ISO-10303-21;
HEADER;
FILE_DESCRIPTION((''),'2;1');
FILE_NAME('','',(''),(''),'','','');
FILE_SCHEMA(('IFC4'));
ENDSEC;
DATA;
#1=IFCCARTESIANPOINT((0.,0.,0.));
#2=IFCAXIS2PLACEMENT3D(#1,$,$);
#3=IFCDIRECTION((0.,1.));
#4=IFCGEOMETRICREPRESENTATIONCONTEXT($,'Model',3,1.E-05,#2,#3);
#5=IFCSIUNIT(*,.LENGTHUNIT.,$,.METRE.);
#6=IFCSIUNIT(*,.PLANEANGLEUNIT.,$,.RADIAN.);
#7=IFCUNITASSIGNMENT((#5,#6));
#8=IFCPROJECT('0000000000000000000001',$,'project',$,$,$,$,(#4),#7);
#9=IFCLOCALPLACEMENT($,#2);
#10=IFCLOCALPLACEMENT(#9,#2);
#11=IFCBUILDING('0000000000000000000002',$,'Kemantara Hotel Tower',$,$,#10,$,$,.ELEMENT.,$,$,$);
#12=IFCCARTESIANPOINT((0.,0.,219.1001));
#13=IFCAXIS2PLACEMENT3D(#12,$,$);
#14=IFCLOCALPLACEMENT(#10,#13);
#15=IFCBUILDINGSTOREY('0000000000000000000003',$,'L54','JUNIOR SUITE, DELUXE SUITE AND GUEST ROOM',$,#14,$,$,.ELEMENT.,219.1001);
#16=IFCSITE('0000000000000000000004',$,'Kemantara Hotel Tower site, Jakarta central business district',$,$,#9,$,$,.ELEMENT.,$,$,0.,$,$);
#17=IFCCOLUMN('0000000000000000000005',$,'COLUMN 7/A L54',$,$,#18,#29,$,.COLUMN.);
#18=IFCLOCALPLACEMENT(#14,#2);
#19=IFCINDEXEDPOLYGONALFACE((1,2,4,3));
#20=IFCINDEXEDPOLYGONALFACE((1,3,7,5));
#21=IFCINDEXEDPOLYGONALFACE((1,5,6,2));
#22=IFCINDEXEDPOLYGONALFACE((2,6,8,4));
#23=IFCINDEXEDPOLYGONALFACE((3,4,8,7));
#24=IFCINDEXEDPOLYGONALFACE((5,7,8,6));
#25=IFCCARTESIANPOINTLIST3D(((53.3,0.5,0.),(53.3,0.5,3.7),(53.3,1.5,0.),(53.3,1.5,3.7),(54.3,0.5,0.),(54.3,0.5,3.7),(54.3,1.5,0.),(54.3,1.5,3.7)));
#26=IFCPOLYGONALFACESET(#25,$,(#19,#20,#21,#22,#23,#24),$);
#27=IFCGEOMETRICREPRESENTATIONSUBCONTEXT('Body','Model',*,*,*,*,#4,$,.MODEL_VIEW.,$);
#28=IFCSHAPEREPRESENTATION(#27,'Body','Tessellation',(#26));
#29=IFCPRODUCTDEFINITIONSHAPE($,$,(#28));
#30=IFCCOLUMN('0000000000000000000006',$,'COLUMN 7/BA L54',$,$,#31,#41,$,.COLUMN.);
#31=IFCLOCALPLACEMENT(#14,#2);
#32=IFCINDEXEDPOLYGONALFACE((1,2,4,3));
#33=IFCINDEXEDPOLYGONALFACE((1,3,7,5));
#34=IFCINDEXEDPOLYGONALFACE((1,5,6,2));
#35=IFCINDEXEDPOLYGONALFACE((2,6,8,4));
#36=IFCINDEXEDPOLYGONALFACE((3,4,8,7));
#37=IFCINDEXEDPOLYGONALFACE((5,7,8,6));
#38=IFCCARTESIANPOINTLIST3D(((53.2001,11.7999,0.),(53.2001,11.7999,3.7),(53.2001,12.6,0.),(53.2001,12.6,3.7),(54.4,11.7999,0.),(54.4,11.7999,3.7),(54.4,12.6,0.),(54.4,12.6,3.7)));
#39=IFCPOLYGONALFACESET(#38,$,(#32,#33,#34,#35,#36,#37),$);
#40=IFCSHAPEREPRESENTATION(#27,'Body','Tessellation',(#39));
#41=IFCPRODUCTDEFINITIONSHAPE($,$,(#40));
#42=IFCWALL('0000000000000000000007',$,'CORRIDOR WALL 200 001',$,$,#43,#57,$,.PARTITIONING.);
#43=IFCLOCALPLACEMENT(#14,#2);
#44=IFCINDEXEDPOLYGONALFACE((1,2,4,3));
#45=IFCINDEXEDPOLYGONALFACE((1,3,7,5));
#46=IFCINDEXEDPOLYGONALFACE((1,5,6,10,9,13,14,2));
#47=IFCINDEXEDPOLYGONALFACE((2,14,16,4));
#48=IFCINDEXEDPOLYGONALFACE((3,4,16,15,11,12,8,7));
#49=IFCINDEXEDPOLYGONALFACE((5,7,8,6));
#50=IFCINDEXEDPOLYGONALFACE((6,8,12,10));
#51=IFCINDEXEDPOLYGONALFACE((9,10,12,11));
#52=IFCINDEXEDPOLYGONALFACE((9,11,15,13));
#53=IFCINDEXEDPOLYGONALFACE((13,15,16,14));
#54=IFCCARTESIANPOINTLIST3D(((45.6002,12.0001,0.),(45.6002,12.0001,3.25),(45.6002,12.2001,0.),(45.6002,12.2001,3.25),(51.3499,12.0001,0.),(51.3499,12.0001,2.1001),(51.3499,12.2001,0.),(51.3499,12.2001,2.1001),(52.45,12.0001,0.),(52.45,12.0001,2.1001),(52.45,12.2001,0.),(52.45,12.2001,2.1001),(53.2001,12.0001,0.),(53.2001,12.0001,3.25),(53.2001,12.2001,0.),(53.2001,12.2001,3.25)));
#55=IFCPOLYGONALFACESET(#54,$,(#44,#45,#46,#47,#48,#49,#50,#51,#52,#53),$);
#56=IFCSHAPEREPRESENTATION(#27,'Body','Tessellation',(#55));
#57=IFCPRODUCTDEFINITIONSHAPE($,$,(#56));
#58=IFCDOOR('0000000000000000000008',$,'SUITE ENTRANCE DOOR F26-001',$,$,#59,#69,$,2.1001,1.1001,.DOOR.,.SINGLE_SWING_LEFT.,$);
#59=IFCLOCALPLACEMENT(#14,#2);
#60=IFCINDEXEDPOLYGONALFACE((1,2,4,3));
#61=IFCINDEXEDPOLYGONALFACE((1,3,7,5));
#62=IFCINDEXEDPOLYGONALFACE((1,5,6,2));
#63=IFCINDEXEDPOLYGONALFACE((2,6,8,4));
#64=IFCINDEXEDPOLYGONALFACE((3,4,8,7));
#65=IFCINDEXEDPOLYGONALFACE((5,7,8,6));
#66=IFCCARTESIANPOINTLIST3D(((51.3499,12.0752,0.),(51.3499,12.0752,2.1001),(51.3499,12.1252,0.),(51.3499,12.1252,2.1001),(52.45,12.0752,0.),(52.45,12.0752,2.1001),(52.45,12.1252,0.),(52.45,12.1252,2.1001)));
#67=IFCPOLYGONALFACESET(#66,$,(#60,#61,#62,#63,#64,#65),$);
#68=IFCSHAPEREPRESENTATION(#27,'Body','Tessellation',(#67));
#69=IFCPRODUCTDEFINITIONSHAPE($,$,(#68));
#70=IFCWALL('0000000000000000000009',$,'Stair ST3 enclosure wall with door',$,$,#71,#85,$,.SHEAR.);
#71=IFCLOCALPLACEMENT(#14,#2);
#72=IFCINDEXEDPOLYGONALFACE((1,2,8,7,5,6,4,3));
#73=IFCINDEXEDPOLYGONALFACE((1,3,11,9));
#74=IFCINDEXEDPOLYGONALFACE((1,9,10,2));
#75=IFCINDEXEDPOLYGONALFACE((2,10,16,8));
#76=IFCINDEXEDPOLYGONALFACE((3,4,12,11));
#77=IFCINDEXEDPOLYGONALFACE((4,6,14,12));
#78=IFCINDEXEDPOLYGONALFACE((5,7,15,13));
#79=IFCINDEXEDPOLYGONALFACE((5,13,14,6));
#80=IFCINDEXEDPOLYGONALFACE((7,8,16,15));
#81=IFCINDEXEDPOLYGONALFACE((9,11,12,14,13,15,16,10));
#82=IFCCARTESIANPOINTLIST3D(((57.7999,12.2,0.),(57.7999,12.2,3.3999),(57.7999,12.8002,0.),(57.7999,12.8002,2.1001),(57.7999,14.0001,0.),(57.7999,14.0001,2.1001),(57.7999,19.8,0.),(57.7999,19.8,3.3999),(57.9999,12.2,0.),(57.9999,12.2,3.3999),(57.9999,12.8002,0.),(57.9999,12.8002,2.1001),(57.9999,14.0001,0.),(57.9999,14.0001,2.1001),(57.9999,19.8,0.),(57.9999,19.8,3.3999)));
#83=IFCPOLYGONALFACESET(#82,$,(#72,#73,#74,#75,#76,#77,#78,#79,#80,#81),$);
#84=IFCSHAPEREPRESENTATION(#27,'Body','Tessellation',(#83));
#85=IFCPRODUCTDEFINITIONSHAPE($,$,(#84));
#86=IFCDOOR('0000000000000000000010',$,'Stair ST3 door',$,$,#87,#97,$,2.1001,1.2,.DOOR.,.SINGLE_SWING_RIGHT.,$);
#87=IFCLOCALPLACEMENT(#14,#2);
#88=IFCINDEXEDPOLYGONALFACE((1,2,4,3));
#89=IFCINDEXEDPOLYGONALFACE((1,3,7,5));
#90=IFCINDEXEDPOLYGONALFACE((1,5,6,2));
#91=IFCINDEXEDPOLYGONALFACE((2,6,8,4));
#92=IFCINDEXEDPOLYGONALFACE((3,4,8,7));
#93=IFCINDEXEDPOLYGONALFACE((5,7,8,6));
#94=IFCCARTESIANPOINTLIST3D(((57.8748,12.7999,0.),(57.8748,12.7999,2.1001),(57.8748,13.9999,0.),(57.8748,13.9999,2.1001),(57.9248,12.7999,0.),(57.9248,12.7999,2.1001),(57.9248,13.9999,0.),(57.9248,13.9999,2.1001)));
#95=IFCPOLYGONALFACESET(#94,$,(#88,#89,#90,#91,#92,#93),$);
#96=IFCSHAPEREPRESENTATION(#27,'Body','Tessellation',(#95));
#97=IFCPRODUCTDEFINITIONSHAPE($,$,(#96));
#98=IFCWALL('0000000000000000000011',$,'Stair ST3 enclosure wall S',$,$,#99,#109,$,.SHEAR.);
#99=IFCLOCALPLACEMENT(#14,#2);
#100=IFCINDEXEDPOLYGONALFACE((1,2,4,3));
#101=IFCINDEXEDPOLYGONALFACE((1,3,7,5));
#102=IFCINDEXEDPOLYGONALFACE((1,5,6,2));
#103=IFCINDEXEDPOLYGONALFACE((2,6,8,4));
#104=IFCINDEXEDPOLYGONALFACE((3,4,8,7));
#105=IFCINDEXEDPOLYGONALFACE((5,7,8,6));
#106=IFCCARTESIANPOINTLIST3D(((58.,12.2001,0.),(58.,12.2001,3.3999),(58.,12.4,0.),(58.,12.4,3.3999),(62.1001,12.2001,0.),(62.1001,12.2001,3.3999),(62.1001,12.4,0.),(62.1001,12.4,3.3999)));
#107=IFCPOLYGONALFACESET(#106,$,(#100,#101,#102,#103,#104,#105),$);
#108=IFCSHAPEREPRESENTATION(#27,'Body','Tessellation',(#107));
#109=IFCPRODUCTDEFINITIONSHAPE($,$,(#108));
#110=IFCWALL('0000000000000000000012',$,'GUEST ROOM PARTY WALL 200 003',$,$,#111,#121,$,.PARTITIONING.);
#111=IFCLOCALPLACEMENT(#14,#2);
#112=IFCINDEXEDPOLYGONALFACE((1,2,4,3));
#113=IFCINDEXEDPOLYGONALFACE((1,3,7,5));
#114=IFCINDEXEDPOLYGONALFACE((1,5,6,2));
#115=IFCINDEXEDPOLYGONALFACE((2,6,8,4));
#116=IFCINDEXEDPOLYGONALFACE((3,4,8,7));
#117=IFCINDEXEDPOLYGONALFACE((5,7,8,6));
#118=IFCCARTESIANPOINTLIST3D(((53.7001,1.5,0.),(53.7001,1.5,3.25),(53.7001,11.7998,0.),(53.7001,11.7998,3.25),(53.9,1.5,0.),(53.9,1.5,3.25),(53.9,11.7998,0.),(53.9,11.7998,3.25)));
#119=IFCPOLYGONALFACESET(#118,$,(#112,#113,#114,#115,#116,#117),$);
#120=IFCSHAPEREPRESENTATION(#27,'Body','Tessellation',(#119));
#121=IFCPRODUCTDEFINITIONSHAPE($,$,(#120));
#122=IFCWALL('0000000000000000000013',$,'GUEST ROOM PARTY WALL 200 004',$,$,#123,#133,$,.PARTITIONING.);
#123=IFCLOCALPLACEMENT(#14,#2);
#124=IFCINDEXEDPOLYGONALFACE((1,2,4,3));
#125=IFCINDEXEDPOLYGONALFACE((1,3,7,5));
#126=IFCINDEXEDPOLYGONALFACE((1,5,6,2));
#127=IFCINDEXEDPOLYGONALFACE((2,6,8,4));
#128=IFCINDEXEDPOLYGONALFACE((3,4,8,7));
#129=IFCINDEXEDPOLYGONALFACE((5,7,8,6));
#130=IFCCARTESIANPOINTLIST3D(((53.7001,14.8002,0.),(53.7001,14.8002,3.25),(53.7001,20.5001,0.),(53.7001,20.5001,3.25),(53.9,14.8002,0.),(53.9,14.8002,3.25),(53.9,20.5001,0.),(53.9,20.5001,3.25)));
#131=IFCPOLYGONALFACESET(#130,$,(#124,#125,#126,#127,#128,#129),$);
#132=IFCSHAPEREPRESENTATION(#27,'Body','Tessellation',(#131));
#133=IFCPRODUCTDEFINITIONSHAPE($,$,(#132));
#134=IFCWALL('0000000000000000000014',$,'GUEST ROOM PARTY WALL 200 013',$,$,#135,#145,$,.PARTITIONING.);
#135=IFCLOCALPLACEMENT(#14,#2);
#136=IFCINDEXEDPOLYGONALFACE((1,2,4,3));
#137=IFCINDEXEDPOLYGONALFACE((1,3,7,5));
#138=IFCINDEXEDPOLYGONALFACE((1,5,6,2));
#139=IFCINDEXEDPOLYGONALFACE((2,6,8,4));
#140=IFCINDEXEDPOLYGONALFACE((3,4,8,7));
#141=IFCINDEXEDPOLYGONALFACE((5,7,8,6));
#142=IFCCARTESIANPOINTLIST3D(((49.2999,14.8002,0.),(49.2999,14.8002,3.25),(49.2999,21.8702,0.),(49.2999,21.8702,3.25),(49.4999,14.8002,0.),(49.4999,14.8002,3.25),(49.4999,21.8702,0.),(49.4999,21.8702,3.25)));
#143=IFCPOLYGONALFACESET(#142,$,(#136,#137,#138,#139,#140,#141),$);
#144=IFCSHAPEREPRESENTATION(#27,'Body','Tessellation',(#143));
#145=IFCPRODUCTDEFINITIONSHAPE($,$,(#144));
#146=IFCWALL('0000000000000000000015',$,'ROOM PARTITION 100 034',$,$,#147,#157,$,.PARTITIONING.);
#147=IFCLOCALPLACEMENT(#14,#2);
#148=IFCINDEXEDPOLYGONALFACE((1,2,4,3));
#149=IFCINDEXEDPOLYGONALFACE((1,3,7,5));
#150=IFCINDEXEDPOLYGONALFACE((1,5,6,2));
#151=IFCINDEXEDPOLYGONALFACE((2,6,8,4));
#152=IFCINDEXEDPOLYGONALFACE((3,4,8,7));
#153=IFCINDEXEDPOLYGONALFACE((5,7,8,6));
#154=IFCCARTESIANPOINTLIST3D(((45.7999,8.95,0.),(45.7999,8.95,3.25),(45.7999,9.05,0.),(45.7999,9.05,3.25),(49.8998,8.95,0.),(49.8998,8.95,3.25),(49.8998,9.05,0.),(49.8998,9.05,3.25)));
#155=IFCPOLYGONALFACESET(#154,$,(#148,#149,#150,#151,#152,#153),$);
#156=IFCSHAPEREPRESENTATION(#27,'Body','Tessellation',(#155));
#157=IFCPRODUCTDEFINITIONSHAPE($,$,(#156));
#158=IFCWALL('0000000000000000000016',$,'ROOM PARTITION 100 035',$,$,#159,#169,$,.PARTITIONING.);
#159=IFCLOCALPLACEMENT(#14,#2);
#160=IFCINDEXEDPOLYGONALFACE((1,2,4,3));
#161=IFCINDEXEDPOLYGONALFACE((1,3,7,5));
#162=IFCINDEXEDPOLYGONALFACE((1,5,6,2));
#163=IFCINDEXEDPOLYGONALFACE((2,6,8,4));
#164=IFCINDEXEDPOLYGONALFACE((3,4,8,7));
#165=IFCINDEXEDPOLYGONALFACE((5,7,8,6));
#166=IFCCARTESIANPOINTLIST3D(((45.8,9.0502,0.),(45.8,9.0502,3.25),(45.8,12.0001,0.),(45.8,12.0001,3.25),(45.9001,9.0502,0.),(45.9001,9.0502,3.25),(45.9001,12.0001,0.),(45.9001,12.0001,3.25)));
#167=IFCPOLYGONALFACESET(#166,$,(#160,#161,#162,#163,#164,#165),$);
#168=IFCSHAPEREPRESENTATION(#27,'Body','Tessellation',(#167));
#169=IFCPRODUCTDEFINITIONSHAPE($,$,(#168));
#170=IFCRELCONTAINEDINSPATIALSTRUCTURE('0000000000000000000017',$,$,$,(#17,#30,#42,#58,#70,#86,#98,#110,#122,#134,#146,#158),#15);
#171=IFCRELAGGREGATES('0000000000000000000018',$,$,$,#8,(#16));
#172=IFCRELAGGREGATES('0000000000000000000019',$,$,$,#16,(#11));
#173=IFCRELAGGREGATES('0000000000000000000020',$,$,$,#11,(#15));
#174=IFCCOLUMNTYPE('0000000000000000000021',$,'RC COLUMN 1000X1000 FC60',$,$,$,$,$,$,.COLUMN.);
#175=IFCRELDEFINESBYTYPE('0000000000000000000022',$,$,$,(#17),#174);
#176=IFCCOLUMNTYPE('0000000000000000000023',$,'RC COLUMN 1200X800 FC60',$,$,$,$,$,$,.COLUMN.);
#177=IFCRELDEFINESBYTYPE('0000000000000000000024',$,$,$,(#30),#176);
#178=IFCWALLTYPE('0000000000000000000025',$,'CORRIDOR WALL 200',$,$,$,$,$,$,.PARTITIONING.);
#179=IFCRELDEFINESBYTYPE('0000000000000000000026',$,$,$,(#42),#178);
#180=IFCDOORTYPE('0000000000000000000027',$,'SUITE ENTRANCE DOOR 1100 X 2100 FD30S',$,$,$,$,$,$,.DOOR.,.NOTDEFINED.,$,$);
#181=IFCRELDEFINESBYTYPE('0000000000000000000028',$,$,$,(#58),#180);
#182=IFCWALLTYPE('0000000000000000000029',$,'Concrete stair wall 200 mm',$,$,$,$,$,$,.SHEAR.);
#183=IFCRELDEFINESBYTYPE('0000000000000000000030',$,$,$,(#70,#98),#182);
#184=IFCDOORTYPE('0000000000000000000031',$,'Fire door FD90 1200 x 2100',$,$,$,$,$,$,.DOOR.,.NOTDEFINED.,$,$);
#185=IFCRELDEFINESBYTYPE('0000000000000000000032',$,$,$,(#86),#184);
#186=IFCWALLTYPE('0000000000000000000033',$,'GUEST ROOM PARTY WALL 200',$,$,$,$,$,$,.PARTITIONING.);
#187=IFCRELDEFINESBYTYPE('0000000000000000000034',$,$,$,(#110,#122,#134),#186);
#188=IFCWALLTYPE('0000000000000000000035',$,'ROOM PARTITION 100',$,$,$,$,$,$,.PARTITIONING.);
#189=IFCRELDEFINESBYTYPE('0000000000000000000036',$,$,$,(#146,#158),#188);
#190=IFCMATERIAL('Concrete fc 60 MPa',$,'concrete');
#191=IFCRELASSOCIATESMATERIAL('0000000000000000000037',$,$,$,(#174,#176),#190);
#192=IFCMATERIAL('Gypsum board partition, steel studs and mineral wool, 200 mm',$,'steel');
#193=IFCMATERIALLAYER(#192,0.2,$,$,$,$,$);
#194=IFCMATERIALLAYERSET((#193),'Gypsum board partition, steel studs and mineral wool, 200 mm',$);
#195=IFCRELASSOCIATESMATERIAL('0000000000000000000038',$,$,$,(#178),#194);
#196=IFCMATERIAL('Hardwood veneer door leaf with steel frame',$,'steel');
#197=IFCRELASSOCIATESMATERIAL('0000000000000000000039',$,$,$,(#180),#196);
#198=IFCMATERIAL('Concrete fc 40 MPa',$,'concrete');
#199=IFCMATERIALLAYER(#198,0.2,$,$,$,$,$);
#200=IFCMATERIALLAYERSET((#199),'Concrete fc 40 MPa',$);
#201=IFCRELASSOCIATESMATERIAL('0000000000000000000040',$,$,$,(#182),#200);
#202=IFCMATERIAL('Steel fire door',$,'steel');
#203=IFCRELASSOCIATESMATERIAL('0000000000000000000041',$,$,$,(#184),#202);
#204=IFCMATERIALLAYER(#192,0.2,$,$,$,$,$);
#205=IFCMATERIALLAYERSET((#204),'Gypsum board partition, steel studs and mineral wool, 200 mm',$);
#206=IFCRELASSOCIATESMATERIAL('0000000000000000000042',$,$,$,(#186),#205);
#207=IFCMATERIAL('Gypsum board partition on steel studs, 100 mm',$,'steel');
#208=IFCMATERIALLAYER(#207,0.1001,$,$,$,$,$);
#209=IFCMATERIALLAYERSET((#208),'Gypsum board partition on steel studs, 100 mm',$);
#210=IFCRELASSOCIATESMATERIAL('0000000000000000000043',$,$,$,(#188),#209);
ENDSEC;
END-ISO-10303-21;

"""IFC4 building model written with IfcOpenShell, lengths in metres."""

from ifc_helpers import new_model, si_unit, direction, frame, frame_2d, origin, origin_2d, place, context, subcontext, project, spatial, rectangle, extrude, material, layer, layer_set, material_profile, profile_set, type_object, element, fill, save


model = new_model("IFC4")

# Units and contexts
model_context = context("Model", 3, precision=1e-05, world=origin(), true_north=direction((0.0, 1.0)))
body_context = subcontext(model_context, "Body", "Model", "MODEL_VIEW")
ifc_project = project(units=[si_unit("LENGTHUNIT", "METRE"), si_unit("PLANEANGLEUNIT", "RADIAN")], contexts=[model_context])

# Site, building, storey
site_placement = place(None, origin())
site = spatial("IfcSite", under=ifc_project, at=site_placement, Name="Kemantara Hotel Tower site, Jakarta central business district", CompositionType="ELEMENT", RefElevation=0.0)
building_placement = place(site_placement, origin())
building = spatial("IfcBuilding", under=site, at=building_placement, Name="Kemantara Hotel Tower", CompositionType="ELEMENT")
storey_placement = place(building_placement, frame((0.0, 0.0, 219.1001)))
storey = spatial("IfcBuildingStorey", under=building, at=storey_placement, Name="L54", Description="JUNIOR SUITE, DELUXE SUITE AND GUEST ROOM", CompositionType="ELEMENT", Elevation=219.1001)

# Columns
ifc_material_1 = material(Name="Concrete fc 60 MPa", Category="concrete")
ifc_material_profile_1 = material_profile(ifc_material_1, rectangle(XDim=1.0, YDim=1.0, at=origin_2d()), Name="RC 1000X1000")
ifc_profile_set_1 = profile_set([ifc_material_profile_1], Name="Concrete fc 60 MPa")
column_type_1 = type_object("IfcColumnType", Name="RC COLUMN 1000X1000 FC60", PredefinedType="COLUMN", material=ifc_profile_set_1)
column_1_placement = place(storey_placement, frame((53.8, 1.0, 0.0), z_axis=(0.0, 0.0, 1.0), x_axis=(1.0, 0.0, 0.0)))
element("IfcColumn", 1, at=column_1_placement, inside=storey, type_object=column_type_1, Name="COLUMN 7/A L54", PredefinedType="COLUMN", context=body_context, shape_type="SweptSolid", body=[
    extrude(rectangle(XDim=1.0, YDim=1.0, at=origin_2d()), origin(), (0.0, 0.0, 1.0), 3.7),
])
ifc_material_profile_2 = material_profile(ifc_material_1, rectangle(XDim=1.2, YDim=0.8, at=origin_2d()), Name="RC 1200X800")
ifc_profile_set_2 = profile_set([ifc_material_profile_2], Name="Concrete fc 60 MPa")
column_type_2 = type_object("IfcColumnType", Name="RC COLUMN 1200X800 FC60", PredefinedType="COLUMN", material=ifc_profile_set_2)
column_2_placement = place(storey_placement, frame((53.8, 12.2, 0.0), z_axis=(0.0, 0.0, 1.0), x_axis=(1.0, 0.0, 0.0)))
element("IfcColumn", 2, at=column_2_placement, inside=storey, type_object=column_type_2, Name="COLUMN 7/BA L54", PredefinedType="COLUMN", context=body_context, shape_type="SweptSolid", body=[
    extrude(rectangle(XDim=1.2, YDim=0.8, at=origin_2d()), origin(), (0.0, 0.0, 1.0), 3.7),
])

# Walls, openings, doors
ifc_material_2 = material(Name="Gypsum board partition, steel studs and mineral wool, 200 mm", Category="steel")
ifc_layer_1 = layer(ifc_material_2, 0.2)
ifc_layer_set_1 = layer_set([ifc_layer_1], Name="Gypsum board partition, steel studs and mineral wool, 200 mm")
wall_type_1 = type_object("IfcWallType", Name="CORRIDOR WALL 200", PredefinedType="PARTITIONING", material=ifc_layer_set_1)
wall_1_placement = place(storey_placement, frame((53.2, 12.1001, 0.0), z_axis=(0.0, 0.0, 1.0), x_axis=(-1.0, 0.0, 0.0)))
wall_1 = element("IfcWall", 3, at=wall_1_placement, inside=storey, type_object=wall_type_1, Name="CORRIDOR WALL 200 001", PredefinedType="PARTITIONING", context=body_context, shape_type="SweptSolid", body=[
    extrude(rectangle(XDim=7.5999, YDim=0.2, at=frame_2d((3.7998, 0.0))), origin(), (0.0, 0.0, 1.0), 3.25),
])
opening_1_placement = place(wall_1_placement, frame((0.75, 0.0, 0.0)))
opening_1 = element("IfcOpeningElement", 4, at=opening_1_placement, cuts=wall_1, PredefinedType="OPENING", context=body_context, shape_type="SweptSolid", body=[
    extrude(rectangle(XDim=1.1001, YDim=2.1001, at=frame_2d((0.55, 1.05))), frame((0.0, 0.1099, 0.0), z_axis=(0.0, -1.0, 0.0), x_axis=(1.0, 0.0, 0.0)), (0.0, 0.0, 1.0), 0.22),
])
ifc_material_3 = material(Name="Hardwood veneer door leaf with steel frame", Category="steel")
door_type_1 = type_object("IfcDoorType", Name="SUITE ENTRANCE DOOR 1100 X 2100 FD30S", OperationType="NOTDEFINED", PredefinedType="DOOR", material=ifc_material_3)
door_1_placement = place(opening_1_placement, origin())
door_1 = element("IfcDoor", 5, at=door_1_placement, inside=storey, type_object=door_type_1, Name="SUITE ENTRANCE DOOR F26-001", OperationType="SINGLE_SWING_LEFT", OverallHeight=2.1001, OverallWidth=1.1001, PredefinedType="DOOR", context=body_context, shape_type="SweptSolid", body=[
    extrude(rectangle(XDim=1.1001, YDim=2.1001, at=frame_2d((0.55, 1.05))), frame((0.0, 0.0249, 0.0), z_axis=(0.0, -1.0, 0.0), x_axis=(1.0, 0.0, 0.0)), (0.0, 0.0, 1.0), 0.05),
])
fill(opening_1, door_1)
ifc_material_4 = material(Name="Concrete fc 40 MPa", Category="concrete")
ifc_layer_2 = layer(ifc_material_4, 0.2)
ifc_layer_set_2 = layer_set([ifc_layer_2], Name="Concrete fc 40 MPa")
wall_type_2 = type_object("IfcWallType", Name="Concrete stair wall 200 mm", PredefinedType="SHEAR", material=ifc_layer_set_2)
wall_2_placement = place(storey_placement, frame((57.8999, 12.2, 0.0), z_axis=(0.0, 0.0, 1.0), x_axis=(0.0, 1.0, 0.0)))
wall_2 = element("IfcWall", 6, at=wall_2_placement, inside=storey, type_object=wall_type_2, Name="Stair ST3 enclosure wall with door", PredefinedType="SHEAR", context=body_context, shape_type="SweptSolid", body=[
    extrude(rectangle(XDim=7.6001, YDim=0.2, at=frame_2d((3.8, 0.0))), origin(), (0.0, 0.0, 1.0), 3.3999),
])
opening_2_placement = place(wall_2_placement, frame((0.6001, 0.0, 0.0)))
opening_2 = element("IfcOpeningElement", 7, at=opening_2_placement, cuts=wall_2, PredefinedType="OPENING", context=body_context, shape_type="SweptSolid", body=[
    extrude(rectangle(XDim=1.2, YDim=2.1001, at=frame_2d((0.6001, 1.05))), frame((0.0, 0.1099, 0.0), z_axis=(0.0, -1.0, 0.0), x_axis=(1.0, 0.0, 0.0)), (0.0, 0.0, 1.0), 0.22),
])
ifc_material_5 = material(Name="Steel fire door", Category="steel")
door_type_2 = type_object("IfcDoorType", Name="Fire door FD90 1200 x 2100", OperationType="NOTDEFINED", PredefinedType="DOOR", material=ifc_material_5)
door_2_placement = place(opening_2_placement, frame((1.2, 0.0, 0.0), z_axis=(0.0, 0.0, 1.0), x_axis=(-1.0, 0.0, 0.0)))
door_2 = element("IfcDoor", 8, at=door_2_placement, inside=storey, type_object=door_type_2, Name="Stair ST3 door", OperationType="SINGLE_SWING_RIGHT", OverallHeight=2.1001, OverallWidth=1.2, PredefinedType="DOOR", context=body_context, shape_type="SweptSolid", body=[
    extrude(rectangle(XDim=1.2, YDim=2.1001, at=frame_2d((0.6001, 1.05))), frame((0.0, 0.0249, 0.0), z_axis=(0.0, -1.0, 0.0), x_axis=(1.0, 0.0, 0.0)), (0.0, 0.0, 1.0), 0.05),
])
fill(opening_2, door_2)

# Walls
wall_3_placement = place(storey_placement, frame((58.0, 12.3, 0.0), z_axis=(0.0, 0.0, 1.0), x_axis=(1.0, 0.0, 0.0)))
element("IfcWall", 9, at=wall_3_placement, inside=storey, type_object=wall_type_2, Name="Stair ST3 enclosure wall S", PredefinedType="SHEAR", context=body_context, shape_type="SweptSolid", body=[
    extrude(rectangle(XDim=4.1001, YDim=0.2, at=frame_2d((2.05, 0.0))), origin(), (0.0, 0.0, 1.0), 3.3999),
])
ifc_layer_3 = layer(ifc_material_2, 0.2)
ifc_layer_set_3 = layer_set([ifc_layer_3], Name="Gypsum board partition, steel studs and mineral wool, 200 mm")
wall_type_3 = type_object("IfcWallType", Name="GUEST ROOM PARTY WALL 200", PredefinedType="PARTITIONING", material=ifc_layer_set_3)
wall_4_placement = place(storey_placement, frame((53.8, 1.5, 0.0), z_axis=(0.0, 0.0, 1.0), x_axis=(0.0, 1.0, 0.0)))
element("IfcWall", 10, at=wall_4_placement, inside=storey, type_object=wall_type_3, Name="GUEST ROOM PARTY WALL 200 003", PredefinedType="PARTITIONING", context=body_context, shape_type="SweptSolid", body=[
    extrude(rectangle(XDim=10.2998, YDim=0.2, at=frame_2d((5.1499, 0.0))), origin(), (0.0, 0.0, 1.0), 3.25),
])
wall_5_placement = place(storey_placement, frame((53.8, 14.8, 0.0), z_axis=(0.0, 0.0, 1.0), x_axis=(0.0, 1.0, 0.0)))
element("IfcWall", 11, at=wall_5_placement, inside=storey, type_object=wall_type_3, Name="GUEST ROOM PARTY WALL 200 004", PredefinedType="PARTITIONING", context=body_context, shape_type="SweptSolid", body=[
    extrude(rectangle(XDim=5.7, YDim=0.2, at=frame_2d((2.8501, 0.0))), origin(), (0.0, 0.0, 1.0), 3.25),
])
wall_6_placement = place(storey_placement, frame((49.3999, 14.8, 0.0), z_axis=(0.0, 0.0, 1.0), x_axis=(0.0, 1.0, 0.0)))
element("IfcWall", 12, at=wall_6_placement, inside=storey, type_object=wall_type_3, Name="GUEST ROOM PARTY WALL 200 013", PredefinedType="PARTITIONING", context=body_context, shape_type="SweptSolid", body=[
    extrude(rectangle(XDim=7.0701, YDim=0.2, at=frame_2d((3.5352, 0.0))), origin(), (0.0, 0.0, 1.0), 3.25),
])
ifc_material_6 = material(Name="Gypsum board partition on steel studs, 100 mm", Category="steel")
ifc_layer_4 = layer(ifc_material_6, 0.1001)
ifc_layer_set_4 = layer_set([ifc_layer_4], Name="Gypsum board partition on steel studs, 100 mm")
wall_type_4 = type_object("IfcWallType", Name="ROOM PARTITION 100", PredefinedType="PARTITIONING", material=ifc_layer_set_4)
wall_7_placement = place(storey_placement, frame((45.8, 9.0, 0.0), z_axis=(0.0, 0.0, 1.0), x_axis=(1.0, 0.0, 0.0)))
element("IfcWall", 13, at=wall_7_placement, inside=storey, type_object=wall_type_4, Name="ROOM PARTITION 100 034", PredefinedType="PARTITIONING", context=body_context, shape_type="SweptSolid", body=[
    extrude(rectangle(XDim=4.0999, YDim=0.1001, at=frame_2d((2.0498, 0.0))), origin(), (0.0, 0.0, 1.0), 3.25),
])
wall_8_placement = place(storey_placement, frame((45.8501, 9.05, 0.0), z_axis=(0.0, 0.0, 1.0), x_axis=(0.0, 1.0, 0.0)))
element("IfcWall", 14, at=wall_8_placement, inside=storey, type_object=wall_type_4, Name="ROOM PARTITION 100 035", PredefinedType="PARTITIONING", context=body_context, shape_type="SweptSolid", body=[
    extrude(rectangle(XDim=2.95, YDim=0.1001, at=frame_2d((1.4751, 0.0))), origin(), (0.0, 0.0, 1.0), 3.25),
])

save(model, "model.ifc")
